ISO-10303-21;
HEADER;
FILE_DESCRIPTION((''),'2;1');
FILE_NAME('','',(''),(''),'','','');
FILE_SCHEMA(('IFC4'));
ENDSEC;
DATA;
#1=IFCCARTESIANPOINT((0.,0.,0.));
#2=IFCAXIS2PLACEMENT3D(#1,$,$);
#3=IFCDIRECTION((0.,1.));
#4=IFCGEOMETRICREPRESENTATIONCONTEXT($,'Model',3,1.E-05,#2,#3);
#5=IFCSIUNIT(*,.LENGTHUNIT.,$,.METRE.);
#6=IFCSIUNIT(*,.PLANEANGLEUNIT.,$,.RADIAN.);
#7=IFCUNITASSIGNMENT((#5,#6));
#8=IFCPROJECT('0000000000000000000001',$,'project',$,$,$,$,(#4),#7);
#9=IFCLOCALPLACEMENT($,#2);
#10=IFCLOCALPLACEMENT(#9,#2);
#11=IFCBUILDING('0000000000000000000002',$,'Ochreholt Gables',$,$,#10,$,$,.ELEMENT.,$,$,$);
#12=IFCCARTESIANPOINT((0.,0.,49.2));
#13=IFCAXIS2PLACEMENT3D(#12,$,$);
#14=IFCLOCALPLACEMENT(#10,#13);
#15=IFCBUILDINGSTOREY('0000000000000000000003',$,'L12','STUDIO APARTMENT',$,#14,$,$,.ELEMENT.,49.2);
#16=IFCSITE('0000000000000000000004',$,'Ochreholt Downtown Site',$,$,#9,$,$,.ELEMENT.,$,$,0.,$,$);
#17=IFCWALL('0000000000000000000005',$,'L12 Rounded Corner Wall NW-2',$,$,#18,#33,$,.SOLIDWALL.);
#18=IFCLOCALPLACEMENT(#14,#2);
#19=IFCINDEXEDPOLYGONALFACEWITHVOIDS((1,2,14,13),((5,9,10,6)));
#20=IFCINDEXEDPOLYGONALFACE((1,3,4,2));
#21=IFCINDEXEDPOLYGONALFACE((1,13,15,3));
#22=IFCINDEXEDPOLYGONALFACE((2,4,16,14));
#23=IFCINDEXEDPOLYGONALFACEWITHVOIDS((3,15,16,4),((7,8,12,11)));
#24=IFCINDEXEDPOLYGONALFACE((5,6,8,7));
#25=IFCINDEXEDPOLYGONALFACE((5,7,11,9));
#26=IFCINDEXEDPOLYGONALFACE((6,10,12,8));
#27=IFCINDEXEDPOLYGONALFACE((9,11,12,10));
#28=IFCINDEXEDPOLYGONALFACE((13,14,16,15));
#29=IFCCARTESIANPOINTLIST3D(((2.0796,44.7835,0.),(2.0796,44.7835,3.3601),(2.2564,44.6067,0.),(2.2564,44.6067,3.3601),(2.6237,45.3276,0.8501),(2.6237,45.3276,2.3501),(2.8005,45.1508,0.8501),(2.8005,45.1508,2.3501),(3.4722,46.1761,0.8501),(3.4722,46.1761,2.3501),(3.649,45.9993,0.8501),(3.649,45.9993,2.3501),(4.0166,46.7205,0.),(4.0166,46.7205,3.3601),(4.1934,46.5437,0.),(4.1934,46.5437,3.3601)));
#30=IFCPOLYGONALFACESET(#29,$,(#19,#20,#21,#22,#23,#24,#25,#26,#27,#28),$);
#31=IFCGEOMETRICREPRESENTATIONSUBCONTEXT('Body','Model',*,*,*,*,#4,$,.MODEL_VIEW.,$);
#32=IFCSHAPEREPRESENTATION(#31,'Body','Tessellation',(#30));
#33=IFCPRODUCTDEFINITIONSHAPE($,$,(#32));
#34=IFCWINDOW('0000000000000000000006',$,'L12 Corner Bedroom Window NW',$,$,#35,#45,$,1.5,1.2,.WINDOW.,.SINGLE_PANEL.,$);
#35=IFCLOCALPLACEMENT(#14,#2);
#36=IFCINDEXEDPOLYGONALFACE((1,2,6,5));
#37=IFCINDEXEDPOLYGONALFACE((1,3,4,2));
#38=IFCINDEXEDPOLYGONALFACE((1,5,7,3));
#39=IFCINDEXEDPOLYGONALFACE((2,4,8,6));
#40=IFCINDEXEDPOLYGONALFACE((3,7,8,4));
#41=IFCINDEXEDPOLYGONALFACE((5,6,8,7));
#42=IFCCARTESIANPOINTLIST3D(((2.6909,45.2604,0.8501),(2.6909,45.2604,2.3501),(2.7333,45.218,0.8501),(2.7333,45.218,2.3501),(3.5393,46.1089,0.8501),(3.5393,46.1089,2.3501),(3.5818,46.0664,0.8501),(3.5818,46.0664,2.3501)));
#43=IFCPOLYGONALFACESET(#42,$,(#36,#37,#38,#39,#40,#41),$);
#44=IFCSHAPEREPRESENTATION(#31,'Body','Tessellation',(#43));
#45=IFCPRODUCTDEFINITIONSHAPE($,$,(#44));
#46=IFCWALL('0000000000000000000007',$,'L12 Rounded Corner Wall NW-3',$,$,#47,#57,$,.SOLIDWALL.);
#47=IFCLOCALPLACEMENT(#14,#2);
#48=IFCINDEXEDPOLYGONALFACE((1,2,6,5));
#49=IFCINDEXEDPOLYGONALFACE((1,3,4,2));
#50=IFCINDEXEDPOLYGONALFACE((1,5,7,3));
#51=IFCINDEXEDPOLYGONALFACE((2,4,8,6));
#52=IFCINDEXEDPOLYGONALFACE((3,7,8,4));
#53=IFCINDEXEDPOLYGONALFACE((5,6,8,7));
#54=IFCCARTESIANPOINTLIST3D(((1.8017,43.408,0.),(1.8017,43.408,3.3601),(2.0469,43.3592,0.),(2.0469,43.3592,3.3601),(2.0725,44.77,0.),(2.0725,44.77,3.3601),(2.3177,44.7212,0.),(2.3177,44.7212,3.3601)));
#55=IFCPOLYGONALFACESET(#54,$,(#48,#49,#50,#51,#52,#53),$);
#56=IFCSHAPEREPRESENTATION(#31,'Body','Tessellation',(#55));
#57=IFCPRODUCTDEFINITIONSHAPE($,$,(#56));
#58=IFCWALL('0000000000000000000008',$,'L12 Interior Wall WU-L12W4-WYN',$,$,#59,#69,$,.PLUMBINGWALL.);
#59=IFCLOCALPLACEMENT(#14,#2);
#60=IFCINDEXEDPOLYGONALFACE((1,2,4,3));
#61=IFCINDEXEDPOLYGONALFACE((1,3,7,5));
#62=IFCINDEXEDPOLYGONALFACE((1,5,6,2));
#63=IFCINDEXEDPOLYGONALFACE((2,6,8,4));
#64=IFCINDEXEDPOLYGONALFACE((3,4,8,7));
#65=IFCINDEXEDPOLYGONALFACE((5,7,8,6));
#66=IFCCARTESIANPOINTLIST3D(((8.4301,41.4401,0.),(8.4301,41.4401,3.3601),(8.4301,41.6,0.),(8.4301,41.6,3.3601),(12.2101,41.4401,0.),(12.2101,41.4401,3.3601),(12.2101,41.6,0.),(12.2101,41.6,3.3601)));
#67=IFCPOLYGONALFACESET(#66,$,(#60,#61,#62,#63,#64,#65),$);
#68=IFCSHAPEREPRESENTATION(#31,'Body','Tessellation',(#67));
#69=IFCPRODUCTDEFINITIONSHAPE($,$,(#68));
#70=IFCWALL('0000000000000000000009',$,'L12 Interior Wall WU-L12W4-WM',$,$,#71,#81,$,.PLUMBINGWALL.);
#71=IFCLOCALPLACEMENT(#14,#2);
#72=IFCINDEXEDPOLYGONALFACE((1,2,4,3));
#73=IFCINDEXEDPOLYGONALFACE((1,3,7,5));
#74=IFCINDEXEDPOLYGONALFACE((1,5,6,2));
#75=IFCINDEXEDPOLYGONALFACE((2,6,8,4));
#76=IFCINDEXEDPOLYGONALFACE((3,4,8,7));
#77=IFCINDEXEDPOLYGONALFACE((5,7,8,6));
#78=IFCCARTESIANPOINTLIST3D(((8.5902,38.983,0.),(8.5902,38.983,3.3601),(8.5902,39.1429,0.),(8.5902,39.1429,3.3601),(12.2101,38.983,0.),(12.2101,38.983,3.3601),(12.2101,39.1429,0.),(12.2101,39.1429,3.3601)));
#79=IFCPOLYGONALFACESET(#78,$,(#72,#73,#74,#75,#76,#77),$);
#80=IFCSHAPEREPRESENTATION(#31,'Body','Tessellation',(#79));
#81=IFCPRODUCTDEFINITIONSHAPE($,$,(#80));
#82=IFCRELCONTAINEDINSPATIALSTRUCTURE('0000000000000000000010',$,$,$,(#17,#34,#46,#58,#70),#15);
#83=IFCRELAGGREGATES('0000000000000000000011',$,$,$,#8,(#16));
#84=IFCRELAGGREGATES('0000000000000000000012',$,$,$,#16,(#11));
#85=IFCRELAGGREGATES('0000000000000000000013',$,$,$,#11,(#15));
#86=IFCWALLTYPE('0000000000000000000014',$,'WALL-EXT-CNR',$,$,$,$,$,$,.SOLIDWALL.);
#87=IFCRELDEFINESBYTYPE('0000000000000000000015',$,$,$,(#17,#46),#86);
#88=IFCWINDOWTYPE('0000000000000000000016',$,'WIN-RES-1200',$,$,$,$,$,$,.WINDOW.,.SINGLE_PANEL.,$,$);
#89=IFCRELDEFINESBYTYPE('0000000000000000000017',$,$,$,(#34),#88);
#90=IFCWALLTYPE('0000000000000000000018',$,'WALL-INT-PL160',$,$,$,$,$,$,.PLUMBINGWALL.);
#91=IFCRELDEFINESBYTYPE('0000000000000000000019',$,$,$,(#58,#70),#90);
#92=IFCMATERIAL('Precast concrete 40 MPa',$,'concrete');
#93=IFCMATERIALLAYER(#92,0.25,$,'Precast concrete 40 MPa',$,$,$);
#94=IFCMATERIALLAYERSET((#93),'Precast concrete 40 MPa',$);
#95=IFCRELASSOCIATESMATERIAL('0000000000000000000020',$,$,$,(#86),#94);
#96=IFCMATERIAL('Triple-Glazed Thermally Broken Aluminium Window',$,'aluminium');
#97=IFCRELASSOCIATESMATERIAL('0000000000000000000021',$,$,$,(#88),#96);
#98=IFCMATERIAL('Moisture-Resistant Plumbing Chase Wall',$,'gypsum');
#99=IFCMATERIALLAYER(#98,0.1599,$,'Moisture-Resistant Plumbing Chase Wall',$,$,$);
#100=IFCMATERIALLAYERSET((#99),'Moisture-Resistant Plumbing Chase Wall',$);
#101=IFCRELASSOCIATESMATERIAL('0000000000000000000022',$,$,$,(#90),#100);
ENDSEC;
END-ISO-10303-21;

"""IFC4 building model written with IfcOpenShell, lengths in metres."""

from ifc_helpers import new_model, si_unit, direction, frame, frame_2d, origin, place, context, subcontext, project, spatial, rectangle, extrude, material, layer, layer_set, type_object, element, fill, save


model = new_model("IFC4")

# Units and contexts
model_context = context("Model", 3, precision=1e-05, world=origin(), true_north=direction((0.0, 1.0)))
body_context = subcontext(model_context, "Body", "Model", "MODEL_VIEW")
ifc_project = project(units=[si_unit("LENGTHUNIT", "METRE"), si_unit("PLANEANGLEUNIT", "RADIAN")], contexts=[model_context])

# Site, building, storey
site_placement = place(None, origin())
site = spatial("IfcSite", under=ifc_project, at=site_placement, Name="Ochreholt Downtown Site", CompositionType="ELEMENT", RefElevation=0.0)
building_placement = place(site_placement, origin())
building = spatial("IfcBuilding", under=site, at=building_placement, Name="Ochreholt Gables", CompositionType="ELEMENT")
storey_placement = place(building_placement, frame((0.0, 0.0, 49.2)))
storey = spatial("IfcBuildingStorey", under=building, at=storey_placement, Name="L12", Description="STUDIO APARTMENT", CompositionType="ELEMENT", Elevation=49.2)

# Shared definitions
ifc_material_1 = material(Name="Precast concrete 40 MPa", Category="concrete")
ifc_material_2 = material(Name="Triple-Glazed Thermally Broken Aluminium Window", Category="aluminium")

# Shared definitions
ifc_layer_1 = layer(ifc_material_1, 0.25, Name="Precast concrete 40 MPa")
ifc_layer_set_1 = layer_set([ifc_layer_1], Name="Precast concrete 40 MPa")
wall_type_1 = type_object("IfcWallType", Name="WALL-EXT-CNR", PredefinedType="SOLIDWALL", material=ifc_layer_set_1)

# Wall, opening, window
wall_1_placement = place(storey_placement, frame((4.105, 46.6321, 0.0), z_axis=(0.0, 0.0, 1.0), x_axis=(-0.707107, -0.707107, 0.0)))
wall_1 = element("IfcWall", 1, at=wall_1_placement, inside=storey, type_object=wall_type_1, Name="L12 Rounded Corner Wall NW-2", PredefinedType="SOLIDWALL", context=body_context, shape_type="SweptSolid", body=[
    extrude(rectangle(XDim=2.7393, YDim=0.25, at=frame_2d((1.3696, 0.0))), origin(), (0.0, 0.0, 1.0), 3.3601),
])
opening_1_placement = place(wall_1_placement, frame((0.7698, 0.0, 0.8501)))
opening_1 = element("IfcOpeningElement", 2, at=opening_1_placement, cuts=wall_1, PredefinedType="OPENING", context=body_context, shape_type="SweptSolid", body=[
    extrude(rectangle(XDim=1.2, YDim=1.5, at=frame_2d((0.6001, 0.75))), frame((0.0, 0.135, 0.0), z_axis=(0.0, -1.0, 0.0), x_axis=(1.0, 0.0, 0.0)), (0.0, 0.0, 1.0), 0.27),
])
window_type_1 = type_object("IfcWindowType", Name="WIN-RES-1200", PartitioningType="SINGLE_PANEL", PredefinedType="WINDOW", material=ifc_material_2)
window_1_placement = place(opening_1_placement, origin())
window_1 = element("IfcWindow", 3, at=window_1_placement, inside=storey, type_object=window_type_1, Name="L12 Corner Bedroom Window NW", OverallHeight=1.5, OverallWidth=1.2, PartitioningType="SINGLE_PANEL", PredefinedType="WINDOW", context=body_context, shape_type="SweptSolid", body=[
    extrude(rectangle(XDim=1.2, YDim=1.5, at=frame_2d((0.6001, 0.75))), frame((0.0, 0.03, 0.0), z_axis=(0.0, -1.0, 0.0), x_axis=(1.0, 0.0, 0.0)), (0.0, 0.0, 1.0), 0.0601),
])
fill(opening_1, window_1)

# Walls
wall_2_placement = place(storey_placement, frame((2.1951, 44.7456, 0.0), z_axis=(0.0, 0.0, 1.0), x_axis=(-0.194967, -0.98081, 0.0)))
element("IfcWall", 4, at=wall_2_placement, inside=storey, type_object=wall_type_1, Name="L12 Rounded Corner Wall NW-3", PredefinedType="SOLIDWALL", context=body_context, shape_type="SweptSolid", body=[
    extrude(rectangle(XDim=1.3887, YDim=0.25, at=frame_2d((0.6943, 0.0))), origin(), (0.0, 0.0, 1.0), 3.3601),
])
ifc_material_3 = material(Name="Moisture-Resistant Plumbing Chase Wall", Category="gypsum")
ifc_layer_2 = layer(ifc_material_3, 0.1599, Name="Moisture-Resistant Plumbing Chase Wall")
ifc_layer_set_2 = layer_set([ifc_layer_2], Name="Moisture-Resistant Plumbing Chase Wall")
wall_type_2 = type_object("IfcWallType", Name="WALL-INT-PL160", PredefinedType="PLUMBINGWALL", material=ifc_layer_set_2)
wall_3_placement = place(storey_placement, frame((8.4299, 41.52, 0.0), z_axis=(0.0, 0.0, 1.0), x_axis=(1.0, 0.0, 0.0)))
element("IfcWall", 5, at=wall_3_placement, inside=storey, type_object=wall_type_2, Name="L12 Interior Wall WU-L12W4-WYN", PredefinedType="PLUMBINGWALL", context=body_context, shape_type="SweptSolid", body=[
    extrude(rectangle(XDim=3.78, YDim=0.1599, at=frame_2d((1.8901, 0.0))), origin(), (0.0, 0.0, 1.0), 3.3601),
])
wall_4_placement = place(storey_placement, frame((8.5901, 39.063, 0.0), z_axis=(0.0, 0.0, 1.0), x_axis=(1.0, 0.0, 0.0)))
element("IfcWall", 6, at=wall_4_placement, inside=storey, type_object=wall_type_2, Name="L12 Interior Wall WU-L12W4-WM", PredefinedType="PLUMBINGWALL", context=body_context, shape_type="SweptSolid", body=[
    extrude(rectangle(XDim=3.6199, YDim=0.1599, at=frame_2d((1.8101, 0.0))), origin(), (0.0, 0.0, 1.0), 3.3601),
])

save(model, "model.ifc")
